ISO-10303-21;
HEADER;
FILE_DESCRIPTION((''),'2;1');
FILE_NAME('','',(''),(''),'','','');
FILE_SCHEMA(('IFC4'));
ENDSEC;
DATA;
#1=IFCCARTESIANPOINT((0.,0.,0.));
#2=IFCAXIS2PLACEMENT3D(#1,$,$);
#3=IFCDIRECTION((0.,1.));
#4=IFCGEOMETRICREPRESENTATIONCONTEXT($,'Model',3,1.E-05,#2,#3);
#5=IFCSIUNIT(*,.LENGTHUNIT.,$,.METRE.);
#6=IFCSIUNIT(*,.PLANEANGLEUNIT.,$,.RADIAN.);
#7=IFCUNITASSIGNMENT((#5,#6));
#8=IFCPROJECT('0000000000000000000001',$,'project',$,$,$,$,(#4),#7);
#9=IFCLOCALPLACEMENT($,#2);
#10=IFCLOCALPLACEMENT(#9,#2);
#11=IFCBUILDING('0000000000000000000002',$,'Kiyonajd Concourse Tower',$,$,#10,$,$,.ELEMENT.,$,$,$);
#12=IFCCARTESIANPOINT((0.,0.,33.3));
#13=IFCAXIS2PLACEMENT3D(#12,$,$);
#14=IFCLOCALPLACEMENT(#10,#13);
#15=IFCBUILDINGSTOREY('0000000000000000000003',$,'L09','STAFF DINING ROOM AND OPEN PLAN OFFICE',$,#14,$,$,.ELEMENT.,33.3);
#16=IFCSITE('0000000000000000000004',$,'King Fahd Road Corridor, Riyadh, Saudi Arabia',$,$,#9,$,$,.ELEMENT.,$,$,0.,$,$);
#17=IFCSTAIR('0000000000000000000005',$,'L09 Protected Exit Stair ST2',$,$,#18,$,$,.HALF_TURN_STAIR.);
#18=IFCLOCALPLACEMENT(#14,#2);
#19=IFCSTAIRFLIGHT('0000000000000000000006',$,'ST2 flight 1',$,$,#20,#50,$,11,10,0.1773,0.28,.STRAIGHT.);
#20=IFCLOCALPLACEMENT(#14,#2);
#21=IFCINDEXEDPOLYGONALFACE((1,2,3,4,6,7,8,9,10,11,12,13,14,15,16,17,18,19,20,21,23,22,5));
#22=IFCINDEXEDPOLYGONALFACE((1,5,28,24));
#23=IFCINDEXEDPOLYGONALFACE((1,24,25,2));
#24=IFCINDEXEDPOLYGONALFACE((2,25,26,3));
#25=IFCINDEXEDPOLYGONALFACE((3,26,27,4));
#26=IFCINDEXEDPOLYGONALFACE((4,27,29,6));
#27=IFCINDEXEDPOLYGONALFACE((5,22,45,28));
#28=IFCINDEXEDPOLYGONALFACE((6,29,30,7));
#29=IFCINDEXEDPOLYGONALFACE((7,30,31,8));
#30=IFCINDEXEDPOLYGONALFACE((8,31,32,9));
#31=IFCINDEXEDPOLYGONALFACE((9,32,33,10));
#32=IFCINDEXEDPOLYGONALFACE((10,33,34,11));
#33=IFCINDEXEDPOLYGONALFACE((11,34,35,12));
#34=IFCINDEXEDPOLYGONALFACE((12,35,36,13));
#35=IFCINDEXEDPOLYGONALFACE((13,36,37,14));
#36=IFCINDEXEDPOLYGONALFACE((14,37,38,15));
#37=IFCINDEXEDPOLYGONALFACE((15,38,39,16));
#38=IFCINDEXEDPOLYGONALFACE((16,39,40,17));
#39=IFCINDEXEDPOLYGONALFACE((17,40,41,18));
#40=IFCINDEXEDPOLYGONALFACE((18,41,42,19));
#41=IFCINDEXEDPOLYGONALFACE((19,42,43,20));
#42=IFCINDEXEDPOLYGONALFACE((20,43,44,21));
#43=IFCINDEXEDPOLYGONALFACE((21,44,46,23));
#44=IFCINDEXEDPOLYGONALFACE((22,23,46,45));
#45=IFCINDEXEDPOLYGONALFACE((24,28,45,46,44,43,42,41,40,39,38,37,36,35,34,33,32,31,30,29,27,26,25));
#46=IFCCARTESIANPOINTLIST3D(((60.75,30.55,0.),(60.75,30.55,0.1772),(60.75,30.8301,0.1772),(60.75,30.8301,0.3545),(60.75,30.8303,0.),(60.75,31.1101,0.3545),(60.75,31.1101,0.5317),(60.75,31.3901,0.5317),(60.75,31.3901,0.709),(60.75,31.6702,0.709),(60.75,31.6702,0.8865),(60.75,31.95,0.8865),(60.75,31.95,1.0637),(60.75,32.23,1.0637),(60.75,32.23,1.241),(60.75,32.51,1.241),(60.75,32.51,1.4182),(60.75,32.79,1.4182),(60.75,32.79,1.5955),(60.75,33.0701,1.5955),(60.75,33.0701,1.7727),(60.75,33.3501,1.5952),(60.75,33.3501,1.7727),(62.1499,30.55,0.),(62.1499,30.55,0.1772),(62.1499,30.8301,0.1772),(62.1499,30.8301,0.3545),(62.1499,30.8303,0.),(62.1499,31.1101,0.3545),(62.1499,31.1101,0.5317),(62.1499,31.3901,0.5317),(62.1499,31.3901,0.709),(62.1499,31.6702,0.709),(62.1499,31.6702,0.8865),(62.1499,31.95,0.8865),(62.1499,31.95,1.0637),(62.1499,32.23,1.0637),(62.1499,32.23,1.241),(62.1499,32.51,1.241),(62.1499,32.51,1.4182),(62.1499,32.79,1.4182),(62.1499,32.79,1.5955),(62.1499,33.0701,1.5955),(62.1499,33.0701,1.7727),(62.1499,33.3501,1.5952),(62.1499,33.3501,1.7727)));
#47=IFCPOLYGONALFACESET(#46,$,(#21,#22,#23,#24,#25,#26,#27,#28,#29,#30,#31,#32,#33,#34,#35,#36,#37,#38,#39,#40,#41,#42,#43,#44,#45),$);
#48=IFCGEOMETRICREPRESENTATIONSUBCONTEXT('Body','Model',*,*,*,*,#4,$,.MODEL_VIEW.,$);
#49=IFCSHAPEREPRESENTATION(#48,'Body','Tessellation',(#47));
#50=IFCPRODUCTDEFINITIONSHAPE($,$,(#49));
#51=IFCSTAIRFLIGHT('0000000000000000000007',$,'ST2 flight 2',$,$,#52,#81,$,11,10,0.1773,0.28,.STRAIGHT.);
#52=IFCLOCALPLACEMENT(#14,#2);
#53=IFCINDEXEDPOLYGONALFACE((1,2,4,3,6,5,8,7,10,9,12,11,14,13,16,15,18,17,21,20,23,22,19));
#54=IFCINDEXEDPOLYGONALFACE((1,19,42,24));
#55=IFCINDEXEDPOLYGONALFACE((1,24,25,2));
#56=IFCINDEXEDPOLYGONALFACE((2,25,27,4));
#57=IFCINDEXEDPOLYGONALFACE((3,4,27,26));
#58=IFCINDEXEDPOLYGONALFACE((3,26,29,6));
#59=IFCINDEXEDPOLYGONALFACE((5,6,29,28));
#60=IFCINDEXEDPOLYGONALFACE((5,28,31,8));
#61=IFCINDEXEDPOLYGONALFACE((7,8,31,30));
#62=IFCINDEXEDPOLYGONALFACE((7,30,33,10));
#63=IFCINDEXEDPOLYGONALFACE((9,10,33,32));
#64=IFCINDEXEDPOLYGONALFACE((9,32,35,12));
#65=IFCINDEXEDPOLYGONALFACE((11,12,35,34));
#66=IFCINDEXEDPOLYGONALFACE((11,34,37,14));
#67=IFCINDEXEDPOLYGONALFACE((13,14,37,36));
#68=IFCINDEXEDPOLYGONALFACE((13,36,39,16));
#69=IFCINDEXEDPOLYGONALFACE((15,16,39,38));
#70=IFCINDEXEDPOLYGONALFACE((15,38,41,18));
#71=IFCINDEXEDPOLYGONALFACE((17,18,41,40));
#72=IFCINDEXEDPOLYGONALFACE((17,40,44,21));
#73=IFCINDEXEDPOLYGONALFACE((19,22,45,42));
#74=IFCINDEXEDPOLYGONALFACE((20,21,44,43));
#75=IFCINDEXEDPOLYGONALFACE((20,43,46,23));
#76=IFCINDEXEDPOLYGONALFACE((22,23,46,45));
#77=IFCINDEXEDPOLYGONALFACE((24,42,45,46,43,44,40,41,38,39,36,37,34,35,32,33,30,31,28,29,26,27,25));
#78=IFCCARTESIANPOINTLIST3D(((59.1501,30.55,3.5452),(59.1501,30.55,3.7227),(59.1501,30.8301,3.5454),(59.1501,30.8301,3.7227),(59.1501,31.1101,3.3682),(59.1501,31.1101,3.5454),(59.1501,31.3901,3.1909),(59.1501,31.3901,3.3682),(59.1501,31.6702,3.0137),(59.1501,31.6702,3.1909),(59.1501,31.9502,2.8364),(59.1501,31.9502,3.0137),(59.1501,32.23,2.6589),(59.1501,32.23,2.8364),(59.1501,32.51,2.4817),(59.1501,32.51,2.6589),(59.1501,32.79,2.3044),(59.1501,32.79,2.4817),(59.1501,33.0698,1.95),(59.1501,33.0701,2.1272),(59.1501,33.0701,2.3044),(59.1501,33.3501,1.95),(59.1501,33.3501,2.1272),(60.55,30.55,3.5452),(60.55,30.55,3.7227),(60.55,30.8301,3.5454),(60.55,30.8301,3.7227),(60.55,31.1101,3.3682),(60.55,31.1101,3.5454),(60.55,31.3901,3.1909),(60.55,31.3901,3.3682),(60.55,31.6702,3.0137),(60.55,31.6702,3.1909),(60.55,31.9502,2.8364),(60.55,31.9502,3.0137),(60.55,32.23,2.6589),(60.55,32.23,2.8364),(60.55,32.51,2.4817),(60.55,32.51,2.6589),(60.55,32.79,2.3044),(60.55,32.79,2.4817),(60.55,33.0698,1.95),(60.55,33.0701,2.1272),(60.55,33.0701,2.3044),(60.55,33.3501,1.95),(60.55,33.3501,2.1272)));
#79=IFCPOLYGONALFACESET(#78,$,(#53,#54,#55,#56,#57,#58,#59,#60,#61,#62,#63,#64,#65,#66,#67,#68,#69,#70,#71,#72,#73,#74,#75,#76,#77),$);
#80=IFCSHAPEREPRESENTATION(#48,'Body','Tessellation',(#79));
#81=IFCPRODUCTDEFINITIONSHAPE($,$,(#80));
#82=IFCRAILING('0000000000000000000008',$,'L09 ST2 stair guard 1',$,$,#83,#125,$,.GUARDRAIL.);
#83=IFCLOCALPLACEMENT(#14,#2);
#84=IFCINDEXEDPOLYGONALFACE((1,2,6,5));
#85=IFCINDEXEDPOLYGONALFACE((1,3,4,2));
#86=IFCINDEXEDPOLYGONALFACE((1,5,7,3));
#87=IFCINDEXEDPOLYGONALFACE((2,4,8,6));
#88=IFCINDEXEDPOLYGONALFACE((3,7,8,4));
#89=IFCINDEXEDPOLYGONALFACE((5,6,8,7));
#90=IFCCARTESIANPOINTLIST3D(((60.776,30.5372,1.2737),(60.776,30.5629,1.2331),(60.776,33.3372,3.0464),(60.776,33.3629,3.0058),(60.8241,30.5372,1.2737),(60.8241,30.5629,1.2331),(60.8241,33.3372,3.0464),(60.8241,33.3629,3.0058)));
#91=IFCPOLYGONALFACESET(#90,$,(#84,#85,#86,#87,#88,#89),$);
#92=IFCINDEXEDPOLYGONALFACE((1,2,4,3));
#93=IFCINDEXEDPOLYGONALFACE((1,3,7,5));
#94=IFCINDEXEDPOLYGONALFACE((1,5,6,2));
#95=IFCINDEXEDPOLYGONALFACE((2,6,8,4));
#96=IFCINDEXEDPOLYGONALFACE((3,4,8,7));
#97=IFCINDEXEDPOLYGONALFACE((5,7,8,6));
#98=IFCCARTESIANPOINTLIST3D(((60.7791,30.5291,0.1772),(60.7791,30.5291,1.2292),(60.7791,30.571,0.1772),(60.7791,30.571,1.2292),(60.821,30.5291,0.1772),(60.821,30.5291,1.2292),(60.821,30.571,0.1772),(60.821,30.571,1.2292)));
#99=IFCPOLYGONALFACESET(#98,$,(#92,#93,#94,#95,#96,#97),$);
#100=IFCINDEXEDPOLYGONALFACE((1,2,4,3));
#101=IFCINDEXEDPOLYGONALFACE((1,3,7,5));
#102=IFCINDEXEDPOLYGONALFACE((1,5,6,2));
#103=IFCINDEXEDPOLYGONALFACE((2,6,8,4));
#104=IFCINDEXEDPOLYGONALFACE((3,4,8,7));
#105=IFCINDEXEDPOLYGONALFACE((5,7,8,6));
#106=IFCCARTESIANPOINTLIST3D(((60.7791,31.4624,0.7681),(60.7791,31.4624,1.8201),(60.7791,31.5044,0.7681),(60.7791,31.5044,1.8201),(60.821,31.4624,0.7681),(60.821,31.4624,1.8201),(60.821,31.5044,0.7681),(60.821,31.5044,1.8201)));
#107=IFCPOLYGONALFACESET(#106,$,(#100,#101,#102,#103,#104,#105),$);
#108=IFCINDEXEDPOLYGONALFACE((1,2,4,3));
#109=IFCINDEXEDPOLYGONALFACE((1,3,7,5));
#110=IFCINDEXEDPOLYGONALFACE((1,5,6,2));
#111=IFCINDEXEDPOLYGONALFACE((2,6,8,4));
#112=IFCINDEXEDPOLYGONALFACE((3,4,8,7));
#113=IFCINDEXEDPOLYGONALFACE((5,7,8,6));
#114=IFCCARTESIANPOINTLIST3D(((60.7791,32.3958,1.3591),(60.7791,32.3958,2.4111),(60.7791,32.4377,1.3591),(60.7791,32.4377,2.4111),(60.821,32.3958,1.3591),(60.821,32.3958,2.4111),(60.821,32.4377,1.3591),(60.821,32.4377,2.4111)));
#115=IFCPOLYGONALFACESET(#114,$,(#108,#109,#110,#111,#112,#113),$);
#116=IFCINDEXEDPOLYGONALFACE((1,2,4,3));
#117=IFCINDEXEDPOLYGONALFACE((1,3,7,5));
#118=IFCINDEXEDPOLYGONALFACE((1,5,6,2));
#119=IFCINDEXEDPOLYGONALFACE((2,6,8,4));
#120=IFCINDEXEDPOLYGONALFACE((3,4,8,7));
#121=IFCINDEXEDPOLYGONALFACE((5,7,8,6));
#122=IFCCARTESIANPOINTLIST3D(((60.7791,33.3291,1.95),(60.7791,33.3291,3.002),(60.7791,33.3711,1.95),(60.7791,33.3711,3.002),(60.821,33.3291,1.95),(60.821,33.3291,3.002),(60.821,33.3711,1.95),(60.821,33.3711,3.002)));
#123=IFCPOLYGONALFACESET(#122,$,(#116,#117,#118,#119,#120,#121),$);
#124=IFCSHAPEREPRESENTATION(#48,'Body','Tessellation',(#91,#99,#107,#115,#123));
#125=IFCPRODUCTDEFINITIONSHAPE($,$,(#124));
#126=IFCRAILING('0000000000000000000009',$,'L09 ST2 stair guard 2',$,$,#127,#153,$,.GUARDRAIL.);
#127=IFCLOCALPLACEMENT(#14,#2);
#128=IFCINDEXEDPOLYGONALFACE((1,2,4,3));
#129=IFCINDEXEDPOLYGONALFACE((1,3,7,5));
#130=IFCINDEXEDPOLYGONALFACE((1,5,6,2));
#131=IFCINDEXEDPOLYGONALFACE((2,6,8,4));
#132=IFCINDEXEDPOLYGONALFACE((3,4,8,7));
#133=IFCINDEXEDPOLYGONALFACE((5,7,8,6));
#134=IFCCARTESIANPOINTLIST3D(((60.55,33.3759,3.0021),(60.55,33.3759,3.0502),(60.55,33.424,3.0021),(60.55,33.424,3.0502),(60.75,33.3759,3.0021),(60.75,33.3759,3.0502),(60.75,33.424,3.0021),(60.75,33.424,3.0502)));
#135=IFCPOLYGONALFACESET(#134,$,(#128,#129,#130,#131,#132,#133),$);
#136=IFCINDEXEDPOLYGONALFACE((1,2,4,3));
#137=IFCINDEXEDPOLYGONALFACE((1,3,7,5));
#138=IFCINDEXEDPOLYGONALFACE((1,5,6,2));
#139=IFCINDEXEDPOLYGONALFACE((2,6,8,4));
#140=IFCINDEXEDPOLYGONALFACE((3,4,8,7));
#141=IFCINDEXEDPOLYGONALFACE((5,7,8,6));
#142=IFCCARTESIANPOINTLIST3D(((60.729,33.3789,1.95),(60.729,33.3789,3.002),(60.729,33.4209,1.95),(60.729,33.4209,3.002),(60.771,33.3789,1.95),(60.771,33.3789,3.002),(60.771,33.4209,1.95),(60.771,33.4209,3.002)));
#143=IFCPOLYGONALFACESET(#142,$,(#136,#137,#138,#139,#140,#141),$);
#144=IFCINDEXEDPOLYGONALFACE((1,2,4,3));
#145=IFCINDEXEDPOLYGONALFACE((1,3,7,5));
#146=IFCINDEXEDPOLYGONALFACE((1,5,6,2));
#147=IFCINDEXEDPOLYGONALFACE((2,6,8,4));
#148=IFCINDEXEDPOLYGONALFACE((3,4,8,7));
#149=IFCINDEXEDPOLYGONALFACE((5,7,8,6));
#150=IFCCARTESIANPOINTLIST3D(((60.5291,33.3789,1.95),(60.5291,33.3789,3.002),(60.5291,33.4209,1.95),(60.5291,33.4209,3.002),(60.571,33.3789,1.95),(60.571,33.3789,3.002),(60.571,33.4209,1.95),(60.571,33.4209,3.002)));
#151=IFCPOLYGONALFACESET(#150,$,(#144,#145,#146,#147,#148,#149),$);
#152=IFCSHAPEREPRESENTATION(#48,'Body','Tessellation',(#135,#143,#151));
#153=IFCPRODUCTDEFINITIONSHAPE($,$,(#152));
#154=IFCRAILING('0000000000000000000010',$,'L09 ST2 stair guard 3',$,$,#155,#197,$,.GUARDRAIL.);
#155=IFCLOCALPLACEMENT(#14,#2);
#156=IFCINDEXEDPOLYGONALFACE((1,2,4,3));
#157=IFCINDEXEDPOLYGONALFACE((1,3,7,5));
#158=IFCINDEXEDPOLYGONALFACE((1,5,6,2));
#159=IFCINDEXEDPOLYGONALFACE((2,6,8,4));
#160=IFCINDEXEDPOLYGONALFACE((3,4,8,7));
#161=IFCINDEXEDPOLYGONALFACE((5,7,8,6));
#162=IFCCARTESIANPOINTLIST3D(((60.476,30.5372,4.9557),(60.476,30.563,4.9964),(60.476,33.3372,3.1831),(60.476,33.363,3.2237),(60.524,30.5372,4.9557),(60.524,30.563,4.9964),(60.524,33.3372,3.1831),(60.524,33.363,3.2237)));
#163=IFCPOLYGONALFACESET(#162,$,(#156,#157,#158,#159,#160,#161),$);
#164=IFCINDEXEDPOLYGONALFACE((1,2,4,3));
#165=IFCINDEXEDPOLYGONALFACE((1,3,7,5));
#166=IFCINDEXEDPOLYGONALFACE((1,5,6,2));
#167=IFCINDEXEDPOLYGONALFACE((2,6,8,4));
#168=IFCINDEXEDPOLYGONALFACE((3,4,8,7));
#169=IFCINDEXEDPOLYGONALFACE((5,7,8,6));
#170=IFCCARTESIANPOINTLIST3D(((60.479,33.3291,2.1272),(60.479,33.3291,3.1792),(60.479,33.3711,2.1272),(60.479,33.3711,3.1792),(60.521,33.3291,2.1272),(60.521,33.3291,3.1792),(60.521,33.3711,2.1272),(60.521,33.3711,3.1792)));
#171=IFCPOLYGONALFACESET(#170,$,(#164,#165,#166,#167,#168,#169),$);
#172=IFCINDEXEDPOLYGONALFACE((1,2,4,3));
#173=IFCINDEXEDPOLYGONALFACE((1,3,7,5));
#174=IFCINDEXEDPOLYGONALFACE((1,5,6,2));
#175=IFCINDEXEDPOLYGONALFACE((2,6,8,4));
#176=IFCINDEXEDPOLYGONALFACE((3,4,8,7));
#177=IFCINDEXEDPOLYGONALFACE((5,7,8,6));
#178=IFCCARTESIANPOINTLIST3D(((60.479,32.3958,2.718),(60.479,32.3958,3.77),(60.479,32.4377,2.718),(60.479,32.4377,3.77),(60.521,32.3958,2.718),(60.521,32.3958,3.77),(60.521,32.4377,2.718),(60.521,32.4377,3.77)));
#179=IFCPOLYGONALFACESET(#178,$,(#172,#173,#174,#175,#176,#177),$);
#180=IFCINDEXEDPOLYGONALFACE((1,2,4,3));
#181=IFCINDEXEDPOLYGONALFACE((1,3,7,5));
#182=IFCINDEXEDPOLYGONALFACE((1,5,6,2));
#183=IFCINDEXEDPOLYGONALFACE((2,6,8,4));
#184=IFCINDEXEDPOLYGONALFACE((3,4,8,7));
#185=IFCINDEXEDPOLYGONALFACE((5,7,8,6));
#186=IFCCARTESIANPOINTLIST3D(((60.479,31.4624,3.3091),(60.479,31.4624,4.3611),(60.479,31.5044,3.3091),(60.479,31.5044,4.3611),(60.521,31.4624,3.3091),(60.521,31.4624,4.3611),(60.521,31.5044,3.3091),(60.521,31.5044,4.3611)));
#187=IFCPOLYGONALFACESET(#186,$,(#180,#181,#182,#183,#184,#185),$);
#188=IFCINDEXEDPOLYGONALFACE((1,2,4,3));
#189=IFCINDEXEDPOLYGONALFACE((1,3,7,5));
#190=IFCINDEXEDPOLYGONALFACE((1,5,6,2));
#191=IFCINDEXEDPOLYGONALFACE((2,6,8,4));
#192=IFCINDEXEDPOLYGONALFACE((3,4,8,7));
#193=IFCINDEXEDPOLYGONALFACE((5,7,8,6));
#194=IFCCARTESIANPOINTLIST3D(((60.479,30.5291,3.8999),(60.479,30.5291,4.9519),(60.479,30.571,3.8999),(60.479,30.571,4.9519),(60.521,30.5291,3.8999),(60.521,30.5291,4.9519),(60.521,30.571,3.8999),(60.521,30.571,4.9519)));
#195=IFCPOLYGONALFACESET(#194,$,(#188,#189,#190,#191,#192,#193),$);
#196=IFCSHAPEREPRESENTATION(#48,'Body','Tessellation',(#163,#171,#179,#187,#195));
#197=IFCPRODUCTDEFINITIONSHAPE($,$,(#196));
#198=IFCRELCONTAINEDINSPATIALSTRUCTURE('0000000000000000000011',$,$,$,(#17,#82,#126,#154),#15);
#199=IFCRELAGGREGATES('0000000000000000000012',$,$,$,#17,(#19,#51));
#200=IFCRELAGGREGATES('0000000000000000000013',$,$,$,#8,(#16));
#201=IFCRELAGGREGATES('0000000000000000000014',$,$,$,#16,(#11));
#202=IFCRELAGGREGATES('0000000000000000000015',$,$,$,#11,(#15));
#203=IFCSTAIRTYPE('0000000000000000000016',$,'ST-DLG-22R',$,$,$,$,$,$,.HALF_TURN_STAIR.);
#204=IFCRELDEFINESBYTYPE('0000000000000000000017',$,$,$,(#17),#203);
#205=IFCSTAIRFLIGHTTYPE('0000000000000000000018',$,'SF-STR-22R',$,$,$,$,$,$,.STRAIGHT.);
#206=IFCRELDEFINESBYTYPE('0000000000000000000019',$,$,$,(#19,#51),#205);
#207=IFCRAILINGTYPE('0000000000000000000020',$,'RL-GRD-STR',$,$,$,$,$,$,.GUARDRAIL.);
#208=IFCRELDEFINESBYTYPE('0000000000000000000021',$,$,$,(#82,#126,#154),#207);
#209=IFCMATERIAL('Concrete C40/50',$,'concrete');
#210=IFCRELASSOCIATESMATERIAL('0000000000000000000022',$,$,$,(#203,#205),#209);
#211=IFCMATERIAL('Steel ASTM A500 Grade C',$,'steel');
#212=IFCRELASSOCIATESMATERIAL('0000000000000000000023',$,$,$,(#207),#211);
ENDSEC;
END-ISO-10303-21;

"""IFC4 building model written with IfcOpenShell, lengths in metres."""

from ifc_helpers import new_model, si_unit, direction, frame, origin, origin_2d, place, context, subcontext, project, spatial, polyline, rectangle, outline, extrude, material, type_object, element, aggregate, save


model = new_model("IFC4")

# Units and contexts
model_context = context("Model", 3, precision=1e-05, world=origin(), true_north=direction((0.0, 1.0)))
body_context = subcontext(model_context, "Body", "Model", "MODEL_VIEW")
ifc_project = project(units=[si_unit("LENGTHUNIT", "METRE"), si_unit("PLANEANGLEUNIT", "RADIAN")], contexts=[model_context])

# Site, building, storey
site_placement = place(None, origin())
site = spatial("IfcSite", under=ifc_project, at=site_placement, Name="King Fahd Road Corridor, Riyadh, Saudi Arabia", CompositionType="ELEMENT", RefElevation=0.0)
building_placement = place(site_placement, origin())
building = spatial("IfcBuilding", under=site, at=building_placement, Name="Kiyonajd Concourse Tower", CompositionType="ELEMENT")
storey_placement = place(building_placement, frame((0.0, 0.0, 33.3)))
storey = spatial("IfcBuildingStorey", under=building, at=storey_placement, Name="L09", Description="STAFF DINING ROOM AND OPEN PLAN OFFICE", CompositionType="ELEMENT", Elevation=33.3)

# Stair, stair flights
ifc_material_1 = material(Name="Concrete C40/50", Category="concrete")
stair_type = type_object("IfcStairType", Name="ST-DLG-22R", PredefinedType="HALF_TURN_STAIR", material=ifc_material_1)
stair_placement = place(storey_placement, origin())
stair = element("IfcStair", 1, at=stair_placement, inside=storey, type_object=stair_type, Name="L09 Protected Exit Stair ST2", PredefinedType="HALF_TURN_STAIR")
stair_flight_type = type_object("IfcStairFlightType", Name="SF-STR-22R", PredefinedType="STRAIGHT", material=ifc_material_1)
stair_flight_1_placement = place(storey_placement, frame((61.45, 30.55, 0.0), z_axis=(0.0, 0.0, 1.0), x_axis=(0.0, 1.0, 0.0)))
stair_flight_1 = element("IfcStairFlight", 2, at=stair_flight_1_placement, type_object=stair_flight_type, Name="ST2 flight 1", NumberOfRisers=11, NumberOfTreads=10, PredefinedType="STRAIGHT", RiserHeight=0.1773, TreadLength=0.28, context=body_context, shape_type="SweptSolid", body=[
    extrude(outline(polyline([(0.0, 0.0), (0.0, 0.1772), (0.28, 0.1772), (0.28, 0.3545), (0.5601, 0.3545), (0.5601, 0.5317), (0.8401, 0.5317), (0.8401, 0.709), (1.1201, 0.709), (1.1201, 0.8865), (1.3999, 0.8865), (1.3999, 1.0637), (1.6799, 1.0637), (1.6799, 1.241), (1.96, 1.241), (1.96, 1.4182), (2.24, 1.4182), (2.24, 1.5955), (2.52, 1.5955), (2.52, 1.7727), (2.8, 1.7727), (2.8, 1.95), (2.8, 1.5952), (0.2803, 0.0), (0.0, 0.0)])), frame((0.0, 0.7, 0.0), z_axis=(0.0, -1.0, 0.0), x_axis=(1.0, 0.0, 0.0)), (0.0, 0.0, 1.0), 1.3999),
])
stair_flight_2_placement = place(storey_placement, frame((59.8501, 33.3501, 1.95), z_axis=(0.0, 0.0, 1.0), x_axis=(0.0, -1.0, 0.0)))
stair_flight_2 = element("IfcStairFlight", 3, at=stair_flight_2_placement, type_object=stair_flight_type, Name="ST2 flight 2", NumberOfRisers=11, NumberOfTreads=10, PredefinedType="STRAIGHT", RiserHeight=0.1773, TreadLength=0.28, context=body_context, shape_type="SweptSolid", body=[
    extrude(outline(polyline([(0.0, 0.0), (0.0, 0.1772), (0.28, 0.1772), (0.28, 0.3545), (0.5601, 0.3545), (0.5601, 0.5317), (0.8401, 0.5317), (0.8401, 0.709), (1.1201, 0.709), (1.1201, 0.8865), (1.3999, 0.8865), (1.3999, 1.0637), (1.6799, 1.0637), (1.6799, 1.241), (1.96, 1.241), (1.96, 1.4182), (2.24, 1.4182), (2.24, 1.5955), (2.52, 1.5955), (2.52, 1.7727), (2.8, 1.7727), (2.8, 1.95), (2.8, 1.5952), (0.2803, 0.0), (0.0, 0.0)])), frame((0.0, 0.7, 0.0), z_axis=(0.0, -1.0, 0.0), x_axis=(1.0, 0.0, 0.0)), (0.0, 0.0, 1.0), 1.3999),
])
aggregate(stair, [stair_flight_1, stair_flight_2])

# Railings
ifc_material_2 = material(Name="Steel ASTM A500 Grade C", Category="steel")
railing_type_1 = type_object("IfcRailingType", Name="RL-GRD-STR", PredefinedType="GUARDRAIL", material=ifc_material_2)
railing_1_placement = place(storey_placement, frame((60.8, 30.55, 0.1772)))
element("IfcRailing", 4, at=railing_1_placement, inside=storey, type_object=railing_type_1, Name="L09 ST2 stair guard 1", PredefinedType="GUARDRAIL", context=body_context, shape_type="SweptSolid", body=[
    extrude(rectangle(XDim=0.0481, YDim=0.0481, at=origin_2d()), frame((0.0, 0.0, 1.0762), z_axis=(0.0, 0.844909, 0.53491), x_axis=(-1.0, 0.0, 0.0)), (0.0, 0.0, 1.0), 3.314),
    extrude(rectangle(XDim=0.042, YDim=0.042, at=origin_2d()), origin(), (0.0, 0.0, 1.0), 1.052),
    extrude(rectangle(XDim=0.042, YDim=0.042, at=origin_2d()), frame((0.0, 0.9333, 0.5908)), (0.0, 0.0, 1.0), 1.052),
    extrude(rectangle(XDim=0.042, YDim=0.042, at=origin_2d()), frame((0.0, 1.8667, 1.1819)), (0.0, 0.0, 1.0), 1.052),
    extrude(rectangle(XDim=0.042, YDim=0.042, at=origin_2d()), frame((0.0, 2.8, 1.7727)), (0.0, 0.0, 1.0), 1.052),
])
railing_2_placement = place(storey_placement, frame((60.75, 33.3999, 1.95)))
element("IfcRailing", 5, at=railing_2_placement, inside=storey, type_object=railing_type_1, Name="L09 ST2 stair guard 2", PredefinedType="GUARDRAIL", context=body_context, shape_type="SweptSolid", body=[
    extrude(rectangle(XDim=0.0481, YDim=0.0481, at=origin_2d()), frame((0.0, 0.0, 1.0762), z_axis=(-1.0, 0.0, 0.0), x_axis=(0.0, -1.0, 0.0)), (0.0, 0.0, 1.0), 0.2),
    extrude(rectangle(XDim=0.042, YDim=0.042, at=origin_2d()), origin(), (0.0, 0.0, 1.0), 1.052),
    extrude(rectangle(XDim=0.042, YDim=0.042, at=origin_2d()), frame((-0.2, 0.0, 0.0)), (0.0, 0.0, 1.0), 1.052),
])
railing_3_placement = place(storey_placement, frame((60.5, 33.3501, 2.1272)))
element("IfcRailing", 6, at=railing_3_placement, inside=storey, type_object=railing_type_1, Name="L09 ST2 stair guard 3", PredefinedType="GUARDRAIL", context=body_context, shape_type="SweptSolid", body=[
    extrude(rectangle(XDim=0.0481, YDim=0.0481, at=origin_2d()), frame((0.0, 0.0, 1.0762), z_axis=(0.0, -0.844909, 0.53491), x_axis=(1.0, 0.0, 0.0)), (0.0, 0.0, 1.0), 3.314),
    extrude(rectangle(XDim=0.042, YDim=0.042, at=origin_2d()), origin(), (0.0, 0.0, 1.0), 1.052),
    extrude(rectangle(XDim=0.042, YDim=0.042, at=origin_2d()), frame((0.0, -0.9333, 0.5908)), (0.0, 0.0, 1.0), 1.052),
    extrude(rectangle(XDim=0.042, YDim=0.042, at=origin_2d()), frame((0.0, -1.8667, 1.1819)), (0.0, 0.0, 1.0), 1.052),
    extrude(rectangle(XDim=0.042, YDim=0.042, at=origin_2d()), frame((0.0, -2.8, 1.7727)), (0.0, 0.0, 1.0), 1.052),
])

save(model, "model.ifc")
